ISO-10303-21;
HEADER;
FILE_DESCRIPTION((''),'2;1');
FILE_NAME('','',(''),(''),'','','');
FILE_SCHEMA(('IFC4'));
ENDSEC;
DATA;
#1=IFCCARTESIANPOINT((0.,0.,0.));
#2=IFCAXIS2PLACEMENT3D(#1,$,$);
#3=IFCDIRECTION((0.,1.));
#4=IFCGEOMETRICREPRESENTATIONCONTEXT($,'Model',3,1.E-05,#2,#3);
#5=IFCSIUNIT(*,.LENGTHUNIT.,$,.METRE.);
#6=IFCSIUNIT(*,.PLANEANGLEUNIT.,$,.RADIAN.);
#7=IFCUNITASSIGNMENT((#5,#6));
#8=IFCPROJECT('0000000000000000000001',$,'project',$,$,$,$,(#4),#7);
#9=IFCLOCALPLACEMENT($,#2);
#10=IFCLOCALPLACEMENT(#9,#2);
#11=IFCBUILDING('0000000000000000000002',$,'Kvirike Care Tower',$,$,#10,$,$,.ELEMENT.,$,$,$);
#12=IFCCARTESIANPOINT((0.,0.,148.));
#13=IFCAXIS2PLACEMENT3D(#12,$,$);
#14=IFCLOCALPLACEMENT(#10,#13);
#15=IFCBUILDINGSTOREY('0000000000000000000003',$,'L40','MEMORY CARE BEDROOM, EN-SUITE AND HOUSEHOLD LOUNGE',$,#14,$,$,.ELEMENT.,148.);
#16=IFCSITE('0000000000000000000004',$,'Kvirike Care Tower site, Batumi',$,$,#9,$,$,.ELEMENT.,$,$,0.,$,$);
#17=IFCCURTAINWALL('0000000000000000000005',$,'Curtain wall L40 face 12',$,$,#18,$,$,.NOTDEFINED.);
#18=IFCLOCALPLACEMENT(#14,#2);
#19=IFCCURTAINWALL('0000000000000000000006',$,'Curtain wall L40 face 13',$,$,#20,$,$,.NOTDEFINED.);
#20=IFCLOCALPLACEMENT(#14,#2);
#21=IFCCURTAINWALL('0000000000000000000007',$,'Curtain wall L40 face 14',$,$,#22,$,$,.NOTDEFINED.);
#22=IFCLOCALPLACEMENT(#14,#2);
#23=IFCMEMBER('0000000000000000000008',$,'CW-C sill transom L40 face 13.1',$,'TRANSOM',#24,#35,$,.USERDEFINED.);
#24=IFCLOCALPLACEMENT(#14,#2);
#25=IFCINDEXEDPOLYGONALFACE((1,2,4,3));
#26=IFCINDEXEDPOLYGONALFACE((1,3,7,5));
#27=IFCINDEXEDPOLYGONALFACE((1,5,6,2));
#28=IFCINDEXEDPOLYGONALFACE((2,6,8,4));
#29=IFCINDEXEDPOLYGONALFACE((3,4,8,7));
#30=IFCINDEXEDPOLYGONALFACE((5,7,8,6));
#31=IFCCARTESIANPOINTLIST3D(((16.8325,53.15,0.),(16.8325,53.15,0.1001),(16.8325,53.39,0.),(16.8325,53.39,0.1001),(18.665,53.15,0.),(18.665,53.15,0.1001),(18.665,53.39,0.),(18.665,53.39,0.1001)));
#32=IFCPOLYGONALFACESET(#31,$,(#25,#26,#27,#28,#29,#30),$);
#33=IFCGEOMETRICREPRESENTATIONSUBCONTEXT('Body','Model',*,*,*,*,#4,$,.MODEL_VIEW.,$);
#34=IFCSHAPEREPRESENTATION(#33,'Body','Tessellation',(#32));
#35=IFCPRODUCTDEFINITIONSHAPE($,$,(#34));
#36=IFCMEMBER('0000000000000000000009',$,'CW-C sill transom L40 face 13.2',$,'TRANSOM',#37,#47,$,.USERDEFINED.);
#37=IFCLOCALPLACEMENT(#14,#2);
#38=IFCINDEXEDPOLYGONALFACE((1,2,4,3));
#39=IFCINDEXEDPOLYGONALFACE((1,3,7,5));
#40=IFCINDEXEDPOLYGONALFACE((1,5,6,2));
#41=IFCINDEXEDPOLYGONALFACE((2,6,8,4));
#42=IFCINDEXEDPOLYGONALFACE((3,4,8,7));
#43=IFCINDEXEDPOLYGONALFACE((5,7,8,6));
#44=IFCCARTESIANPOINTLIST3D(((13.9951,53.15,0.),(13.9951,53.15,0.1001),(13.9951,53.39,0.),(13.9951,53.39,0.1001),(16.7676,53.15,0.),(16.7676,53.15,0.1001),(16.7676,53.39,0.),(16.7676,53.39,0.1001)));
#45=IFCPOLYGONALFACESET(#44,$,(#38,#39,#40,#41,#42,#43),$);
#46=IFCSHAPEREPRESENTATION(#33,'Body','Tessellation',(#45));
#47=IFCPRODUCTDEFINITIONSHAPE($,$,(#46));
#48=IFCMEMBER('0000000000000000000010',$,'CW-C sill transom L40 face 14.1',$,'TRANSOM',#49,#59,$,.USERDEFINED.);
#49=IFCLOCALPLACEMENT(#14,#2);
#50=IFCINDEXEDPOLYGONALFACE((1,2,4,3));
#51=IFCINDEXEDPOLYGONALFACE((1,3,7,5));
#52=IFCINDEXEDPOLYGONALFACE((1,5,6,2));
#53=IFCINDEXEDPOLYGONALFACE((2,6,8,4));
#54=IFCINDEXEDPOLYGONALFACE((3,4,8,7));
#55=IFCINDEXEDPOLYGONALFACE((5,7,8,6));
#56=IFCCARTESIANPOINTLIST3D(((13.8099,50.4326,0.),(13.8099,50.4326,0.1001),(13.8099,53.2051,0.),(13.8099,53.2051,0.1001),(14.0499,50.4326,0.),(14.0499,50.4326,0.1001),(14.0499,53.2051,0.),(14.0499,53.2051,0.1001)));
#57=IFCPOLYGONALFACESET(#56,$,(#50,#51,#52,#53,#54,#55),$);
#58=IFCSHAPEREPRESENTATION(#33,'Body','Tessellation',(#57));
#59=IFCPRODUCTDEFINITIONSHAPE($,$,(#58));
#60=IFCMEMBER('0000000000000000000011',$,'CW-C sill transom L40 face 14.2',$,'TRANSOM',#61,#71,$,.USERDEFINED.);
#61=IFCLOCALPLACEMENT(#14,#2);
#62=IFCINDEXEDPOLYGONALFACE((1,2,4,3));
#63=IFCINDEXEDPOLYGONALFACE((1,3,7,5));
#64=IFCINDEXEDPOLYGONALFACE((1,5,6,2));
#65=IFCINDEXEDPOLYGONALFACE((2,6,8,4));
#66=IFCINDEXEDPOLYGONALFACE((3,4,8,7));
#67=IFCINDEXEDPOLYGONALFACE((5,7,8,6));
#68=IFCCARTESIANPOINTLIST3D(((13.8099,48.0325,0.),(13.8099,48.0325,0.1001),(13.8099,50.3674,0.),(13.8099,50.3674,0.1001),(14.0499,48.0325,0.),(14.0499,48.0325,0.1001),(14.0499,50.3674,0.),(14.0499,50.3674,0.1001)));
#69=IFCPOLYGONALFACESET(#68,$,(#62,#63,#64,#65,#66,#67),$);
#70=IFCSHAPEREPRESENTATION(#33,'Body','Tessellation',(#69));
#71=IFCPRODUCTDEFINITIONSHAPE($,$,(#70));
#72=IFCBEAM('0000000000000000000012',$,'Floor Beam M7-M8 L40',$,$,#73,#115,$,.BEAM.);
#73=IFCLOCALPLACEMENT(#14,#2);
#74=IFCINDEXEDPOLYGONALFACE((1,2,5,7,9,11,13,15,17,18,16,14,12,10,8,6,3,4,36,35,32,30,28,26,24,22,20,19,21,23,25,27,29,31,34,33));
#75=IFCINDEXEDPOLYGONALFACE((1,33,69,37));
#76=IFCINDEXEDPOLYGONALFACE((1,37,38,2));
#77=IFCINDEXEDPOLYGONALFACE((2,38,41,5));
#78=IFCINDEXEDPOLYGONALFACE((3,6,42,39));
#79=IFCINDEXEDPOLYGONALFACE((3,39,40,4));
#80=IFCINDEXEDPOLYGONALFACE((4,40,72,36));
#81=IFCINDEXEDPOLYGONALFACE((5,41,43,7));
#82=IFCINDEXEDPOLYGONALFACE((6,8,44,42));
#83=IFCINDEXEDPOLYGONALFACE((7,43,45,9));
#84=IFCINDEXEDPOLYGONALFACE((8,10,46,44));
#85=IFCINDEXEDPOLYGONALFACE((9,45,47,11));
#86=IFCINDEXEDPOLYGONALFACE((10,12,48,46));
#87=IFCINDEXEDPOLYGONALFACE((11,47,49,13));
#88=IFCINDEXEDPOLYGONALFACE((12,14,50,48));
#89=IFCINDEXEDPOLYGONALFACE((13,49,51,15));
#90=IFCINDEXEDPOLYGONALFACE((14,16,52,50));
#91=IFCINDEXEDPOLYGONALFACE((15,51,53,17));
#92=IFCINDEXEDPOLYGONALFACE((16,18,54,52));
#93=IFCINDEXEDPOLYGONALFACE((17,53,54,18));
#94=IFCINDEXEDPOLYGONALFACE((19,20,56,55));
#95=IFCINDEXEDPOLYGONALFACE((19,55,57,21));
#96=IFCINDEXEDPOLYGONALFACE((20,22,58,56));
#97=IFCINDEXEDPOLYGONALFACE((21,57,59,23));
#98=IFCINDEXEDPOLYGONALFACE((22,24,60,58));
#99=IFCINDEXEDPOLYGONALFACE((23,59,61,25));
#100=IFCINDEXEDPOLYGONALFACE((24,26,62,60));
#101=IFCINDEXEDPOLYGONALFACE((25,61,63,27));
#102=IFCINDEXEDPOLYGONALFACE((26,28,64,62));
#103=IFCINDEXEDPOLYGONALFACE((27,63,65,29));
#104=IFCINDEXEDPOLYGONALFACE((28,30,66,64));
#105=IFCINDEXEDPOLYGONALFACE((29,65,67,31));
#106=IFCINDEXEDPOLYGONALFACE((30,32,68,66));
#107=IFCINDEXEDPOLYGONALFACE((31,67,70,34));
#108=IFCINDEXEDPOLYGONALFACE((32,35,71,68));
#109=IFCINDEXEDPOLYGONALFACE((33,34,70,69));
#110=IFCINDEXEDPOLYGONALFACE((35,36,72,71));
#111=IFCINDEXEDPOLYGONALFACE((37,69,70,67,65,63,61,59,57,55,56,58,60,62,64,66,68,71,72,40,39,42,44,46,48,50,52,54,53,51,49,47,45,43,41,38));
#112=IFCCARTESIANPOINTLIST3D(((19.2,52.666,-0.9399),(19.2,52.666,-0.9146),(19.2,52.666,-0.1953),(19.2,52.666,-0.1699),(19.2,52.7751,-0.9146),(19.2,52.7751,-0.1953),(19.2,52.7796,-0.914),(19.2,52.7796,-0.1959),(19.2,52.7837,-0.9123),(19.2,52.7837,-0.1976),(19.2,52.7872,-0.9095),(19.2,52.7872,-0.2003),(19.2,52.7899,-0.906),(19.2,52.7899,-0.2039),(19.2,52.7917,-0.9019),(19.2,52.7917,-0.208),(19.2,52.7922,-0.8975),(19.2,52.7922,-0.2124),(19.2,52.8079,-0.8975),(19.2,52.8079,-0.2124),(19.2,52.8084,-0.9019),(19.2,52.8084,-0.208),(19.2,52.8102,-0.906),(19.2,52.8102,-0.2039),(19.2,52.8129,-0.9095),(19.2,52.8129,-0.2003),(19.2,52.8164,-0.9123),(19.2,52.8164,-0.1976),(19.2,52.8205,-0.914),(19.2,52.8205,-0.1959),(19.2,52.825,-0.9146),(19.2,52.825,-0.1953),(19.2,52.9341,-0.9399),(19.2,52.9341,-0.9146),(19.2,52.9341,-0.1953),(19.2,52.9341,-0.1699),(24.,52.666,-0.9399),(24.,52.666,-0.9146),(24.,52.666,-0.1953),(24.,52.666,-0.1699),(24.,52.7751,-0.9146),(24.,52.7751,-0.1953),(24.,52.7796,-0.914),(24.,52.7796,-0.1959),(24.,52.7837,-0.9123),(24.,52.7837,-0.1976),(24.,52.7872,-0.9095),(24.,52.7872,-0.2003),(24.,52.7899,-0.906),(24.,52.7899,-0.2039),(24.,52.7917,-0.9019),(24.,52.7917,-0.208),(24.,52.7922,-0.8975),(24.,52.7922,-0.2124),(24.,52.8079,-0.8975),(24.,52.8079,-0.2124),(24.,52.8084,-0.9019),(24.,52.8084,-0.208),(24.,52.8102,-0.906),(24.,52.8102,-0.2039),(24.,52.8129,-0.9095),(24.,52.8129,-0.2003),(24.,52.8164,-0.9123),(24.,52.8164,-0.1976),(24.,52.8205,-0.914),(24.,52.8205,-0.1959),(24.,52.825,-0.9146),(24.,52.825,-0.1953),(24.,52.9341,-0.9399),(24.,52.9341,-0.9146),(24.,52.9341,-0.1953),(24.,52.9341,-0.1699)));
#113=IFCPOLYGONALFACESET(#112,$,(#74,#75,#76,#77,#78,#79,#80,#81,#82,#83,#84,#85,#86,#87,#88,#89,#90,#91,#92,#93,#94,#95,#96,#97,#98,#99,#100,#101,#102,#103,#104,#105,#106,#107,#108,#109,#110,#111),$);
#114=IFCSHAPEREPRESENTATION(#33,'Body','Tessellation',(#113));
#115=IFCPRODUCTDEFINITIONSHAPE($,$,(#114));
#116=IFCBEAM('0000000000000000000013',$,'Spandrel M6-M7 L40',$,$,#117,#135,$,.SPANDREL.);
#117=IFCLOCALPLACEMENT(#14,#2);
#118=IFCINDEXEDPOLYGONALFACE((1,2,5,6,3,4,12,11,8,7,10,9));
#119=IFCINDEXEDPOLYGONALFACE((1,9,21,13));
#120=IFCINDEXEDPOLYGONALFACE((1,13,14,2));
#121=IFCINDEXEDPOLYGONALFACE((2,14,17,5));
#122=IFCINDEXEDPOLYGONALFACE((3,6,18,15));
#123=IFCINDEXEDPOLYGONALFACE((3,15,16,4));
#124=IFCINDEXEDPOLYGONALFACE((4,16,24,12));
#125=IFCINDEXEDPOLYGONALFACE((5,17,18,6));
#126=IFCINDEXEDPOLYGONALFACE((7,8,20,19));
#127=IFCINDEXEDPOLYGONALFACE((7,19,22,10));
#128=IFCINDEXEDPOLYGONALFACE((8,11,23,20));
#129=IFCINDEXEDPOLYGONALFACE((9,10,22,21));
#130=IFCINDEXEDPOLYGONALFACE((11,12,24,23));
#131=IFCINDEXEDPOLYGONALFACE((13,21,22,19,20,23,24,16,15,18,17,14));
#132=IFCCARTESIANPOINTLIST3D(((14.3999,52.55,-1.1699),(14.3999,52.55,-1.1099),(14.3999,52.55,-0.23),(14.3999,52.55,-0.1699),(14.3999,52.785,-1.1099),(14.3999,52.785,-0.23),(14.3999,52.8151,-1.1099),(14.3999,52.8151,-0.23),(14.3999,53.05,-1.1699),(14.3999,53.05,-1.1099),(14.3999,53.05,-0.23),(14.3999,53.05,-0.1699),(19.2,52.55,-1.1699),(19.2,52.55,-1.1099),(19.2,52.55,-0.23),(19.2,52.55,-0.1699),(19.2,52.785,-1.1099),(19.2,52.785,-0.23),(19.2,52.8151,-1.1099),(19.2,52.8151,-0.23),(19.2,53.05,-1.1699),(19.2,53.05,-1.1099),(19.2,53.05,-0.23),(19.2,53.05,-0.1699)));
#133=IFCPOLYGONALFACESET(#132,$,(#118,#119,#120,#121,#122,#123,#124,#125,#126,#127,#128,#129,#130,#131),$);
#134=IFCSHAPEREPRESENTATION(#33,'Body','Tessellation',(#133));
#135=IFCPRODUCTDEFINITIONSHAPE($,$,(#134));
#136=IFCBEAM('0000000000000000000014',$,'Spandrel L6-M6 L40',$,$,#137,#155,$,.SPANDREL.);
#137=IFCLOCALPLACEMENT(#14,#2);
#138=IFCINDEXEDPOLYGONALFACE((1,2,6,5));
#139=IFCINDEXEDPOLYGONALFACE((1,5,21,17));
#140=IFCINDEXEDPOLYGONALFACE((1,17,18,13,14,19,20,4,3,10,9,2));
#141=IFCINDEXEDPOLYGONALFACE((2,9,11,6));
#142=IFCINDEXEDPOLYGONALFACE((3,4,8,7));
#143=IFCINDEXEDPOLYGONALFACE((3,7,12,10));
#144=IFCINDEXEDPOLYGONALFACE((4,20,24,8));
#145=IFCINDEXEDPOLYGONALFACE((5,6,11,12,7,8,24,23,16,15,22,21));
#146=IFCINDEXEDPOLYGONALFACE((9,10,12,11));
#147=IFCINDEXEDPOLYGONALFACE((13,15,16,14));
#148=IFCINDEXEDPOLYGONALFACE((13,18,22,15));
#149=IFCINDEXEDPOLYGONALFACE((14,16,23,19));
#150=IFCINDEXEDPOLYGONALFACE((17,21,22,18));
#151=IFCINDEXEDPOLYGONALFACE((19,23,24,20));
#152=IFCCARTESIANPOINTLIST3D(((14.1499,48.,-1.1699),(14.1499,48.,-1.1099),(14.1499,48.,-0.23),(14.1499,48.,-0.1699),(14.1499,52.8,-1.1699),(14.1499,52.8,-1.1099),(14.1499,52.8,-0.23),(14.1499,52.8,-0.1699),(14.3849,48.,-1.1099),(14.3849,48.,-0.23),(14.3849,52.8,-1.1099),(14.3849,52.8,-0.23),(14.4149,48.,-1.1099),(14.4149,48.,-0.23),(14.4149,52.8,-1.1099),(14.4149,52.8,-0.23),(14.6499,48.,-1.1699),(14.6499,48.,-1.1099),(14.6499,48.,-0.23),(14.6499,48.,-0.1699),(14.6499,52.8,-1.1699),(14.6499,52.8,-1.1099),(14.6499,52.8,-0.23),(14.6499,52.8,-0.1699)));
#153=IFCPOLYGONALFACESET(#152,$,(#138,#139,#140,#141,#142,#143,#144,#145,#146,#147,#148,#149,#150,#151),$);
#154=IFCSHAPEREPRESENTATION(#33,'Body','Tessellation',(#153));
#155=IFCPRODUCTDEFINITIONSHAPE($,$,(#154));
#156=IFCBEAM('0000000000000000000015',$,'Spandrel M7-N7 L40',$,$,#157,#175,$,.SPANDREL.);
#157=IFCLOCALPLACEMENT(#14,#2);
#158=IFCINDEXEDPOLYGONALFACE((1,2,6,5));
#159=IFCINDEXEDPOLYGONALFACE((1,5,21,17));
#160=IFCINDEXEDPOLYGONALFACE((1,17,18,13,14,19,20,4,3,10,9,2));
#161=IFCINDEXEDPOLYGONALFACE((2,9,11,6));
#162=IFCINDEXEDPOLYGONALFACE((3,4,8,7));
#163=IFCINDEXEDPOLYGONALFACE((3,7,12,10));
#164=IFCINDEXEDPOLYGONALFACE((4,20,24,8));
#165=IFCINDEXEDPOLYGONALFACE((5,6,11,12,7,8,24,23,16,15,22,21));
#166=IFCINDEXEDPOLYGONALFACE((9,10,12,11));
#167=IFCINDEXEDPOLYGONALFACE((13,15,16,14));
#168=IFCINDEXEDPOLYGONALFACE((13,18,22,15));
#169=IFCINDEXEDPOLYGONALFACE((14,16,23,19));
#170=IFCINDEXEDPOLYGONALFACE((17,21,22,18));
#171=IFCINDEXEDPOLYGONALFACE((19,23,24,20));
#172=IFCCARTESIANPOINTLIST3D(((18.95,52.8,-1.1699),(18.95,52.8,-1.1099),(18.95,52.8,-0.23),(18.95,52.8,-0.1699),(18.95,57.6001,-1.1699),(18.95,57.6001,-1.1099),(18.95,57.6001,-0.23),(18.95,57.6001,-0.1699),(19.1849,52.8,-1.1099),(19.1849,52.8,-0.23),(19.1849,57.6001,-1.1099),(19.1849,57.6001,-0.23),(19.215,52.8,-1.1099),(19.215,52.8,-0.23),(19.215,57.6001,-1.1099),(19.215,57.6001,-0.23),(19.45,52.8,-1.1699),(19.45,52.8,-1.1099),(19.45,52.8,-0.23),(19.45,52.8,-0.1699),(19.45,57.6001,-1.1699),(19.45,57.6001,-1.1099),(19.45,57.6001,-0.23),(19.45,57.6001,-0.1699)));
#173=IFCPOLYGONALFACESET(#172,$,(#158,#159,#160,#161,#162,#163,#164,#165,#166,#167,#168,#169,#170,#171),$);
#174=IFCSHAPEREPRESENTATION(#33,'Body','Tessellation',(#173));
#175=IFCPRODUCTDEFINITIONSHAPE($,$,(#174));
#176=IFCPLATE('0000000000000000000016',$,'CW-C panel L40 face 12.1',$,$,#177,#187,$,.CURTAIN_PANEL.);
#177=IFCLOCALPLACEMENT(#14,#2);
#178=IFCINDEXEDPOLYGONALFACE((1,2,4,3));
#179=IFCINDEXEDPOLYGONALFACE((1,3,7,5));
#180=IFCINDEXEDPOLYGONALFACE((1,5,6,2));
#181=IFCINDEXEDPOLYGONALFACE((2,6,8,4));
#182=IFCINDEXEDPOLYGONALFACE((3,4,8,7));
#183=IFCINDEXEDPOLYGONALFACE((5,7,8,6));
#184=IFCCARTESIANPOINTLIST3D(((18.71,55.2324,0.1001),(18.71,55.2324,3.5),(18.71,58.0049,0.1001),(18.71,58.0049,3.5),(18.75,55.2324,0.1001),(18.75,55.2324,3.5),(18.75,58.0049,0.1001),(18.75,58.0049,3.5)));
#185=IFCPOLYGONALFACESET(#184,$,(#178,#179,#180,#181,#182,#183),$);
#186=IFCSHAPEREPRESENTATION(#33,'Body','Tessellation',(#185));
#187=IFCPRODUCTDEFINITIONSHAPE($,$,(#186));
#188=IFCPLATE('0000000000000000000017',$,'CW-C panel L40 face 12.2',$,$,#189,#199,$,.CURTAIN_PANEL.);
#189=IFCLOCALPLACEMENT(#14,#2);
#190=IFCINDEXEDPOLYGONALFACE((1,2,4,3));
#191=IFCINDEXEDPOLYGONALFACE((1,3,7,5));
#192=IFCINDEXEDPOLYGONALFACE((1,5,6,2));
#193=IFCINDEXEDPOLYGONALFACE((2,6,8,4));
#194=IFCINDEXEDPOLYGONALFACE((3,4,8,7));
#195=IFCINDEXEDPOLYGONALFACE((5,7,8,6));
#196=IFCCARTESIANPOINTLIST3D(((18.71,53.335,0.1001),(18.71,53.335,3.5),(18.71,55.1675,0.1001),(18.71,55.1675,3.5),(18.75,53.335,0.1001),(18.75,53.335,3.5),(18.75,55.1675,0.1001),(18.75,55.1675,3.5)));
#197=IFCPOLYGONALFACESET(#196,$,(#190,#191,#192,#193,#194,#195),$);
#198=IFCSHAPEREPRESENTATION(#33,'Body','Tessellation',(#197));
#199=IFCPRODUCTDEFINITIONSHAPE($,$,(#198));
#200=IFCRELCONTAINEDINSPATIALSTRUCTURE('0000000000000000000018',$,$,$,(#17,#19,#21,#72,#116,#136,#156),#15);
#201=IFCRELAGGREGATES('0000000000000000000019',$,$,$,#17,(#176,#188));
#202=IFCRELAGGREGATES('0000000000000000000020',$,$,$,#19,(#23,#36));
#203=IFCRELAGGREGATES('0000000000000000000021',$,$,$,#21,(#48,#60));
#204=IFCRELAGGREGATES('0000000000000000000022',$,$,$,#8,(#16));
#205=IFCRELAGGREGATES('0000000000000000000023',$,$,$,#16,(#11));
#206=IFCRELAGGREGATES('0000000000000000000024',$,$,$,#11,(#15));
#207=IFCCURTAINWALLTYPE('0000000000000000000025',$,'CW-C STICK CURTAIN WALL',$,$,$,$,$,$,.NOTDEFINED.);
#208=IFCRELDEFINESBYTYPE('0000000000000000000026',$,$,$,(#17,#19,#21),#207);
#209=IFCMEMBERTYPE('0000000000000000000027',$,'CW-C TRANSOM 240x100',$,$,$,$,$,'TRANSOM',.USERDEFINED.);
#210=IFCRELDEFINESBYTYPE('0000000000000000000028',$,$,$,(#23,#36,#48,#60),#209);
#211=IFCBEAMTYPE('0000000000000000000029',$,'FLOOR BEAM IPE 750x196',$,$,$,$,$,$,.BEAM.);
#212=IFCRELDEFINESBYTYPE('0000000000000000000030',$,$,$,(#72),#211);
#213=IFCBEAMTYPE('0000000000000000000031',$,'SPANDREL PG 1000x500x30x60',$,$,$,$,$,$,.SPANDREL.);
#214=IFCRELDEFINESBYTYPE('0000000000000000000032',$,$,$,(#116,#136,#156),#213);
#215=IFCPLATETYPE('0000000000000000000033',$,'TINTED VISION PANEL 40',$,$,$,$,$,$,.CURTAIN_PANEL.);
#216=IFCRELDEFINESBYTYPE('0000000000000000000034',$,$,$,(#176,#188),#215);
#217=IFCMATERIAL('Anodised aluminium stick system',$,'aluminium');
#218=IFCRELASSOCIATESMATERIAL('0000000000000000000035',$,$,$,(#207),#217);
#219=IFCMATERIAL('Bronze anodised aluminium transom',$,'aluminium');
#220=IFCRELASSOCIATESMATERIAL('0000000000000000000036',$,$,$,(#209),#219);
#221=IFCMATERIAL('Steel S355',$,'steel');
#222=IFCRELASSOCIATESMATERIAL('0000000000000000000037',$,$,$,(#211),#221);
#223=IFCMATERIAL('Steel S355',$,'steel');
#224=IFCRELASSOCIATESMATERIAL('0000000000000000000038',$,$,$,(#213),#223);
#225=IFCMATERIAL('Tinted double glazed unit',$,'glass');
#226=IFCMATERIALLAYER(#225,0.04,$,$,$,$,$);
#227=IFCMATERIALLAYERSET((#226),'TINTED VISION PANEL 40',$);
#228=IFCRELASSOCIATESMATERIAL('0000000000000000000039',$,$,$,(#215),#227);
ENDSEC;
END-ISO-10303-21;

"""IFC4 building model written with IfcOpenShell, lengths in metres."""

from ifc_helpers import new_model, si_unit, direction, frame, origin, origin_2d, place, context, subcontext, project, spatial, rectangle, i_section, extrude, material, layer, layer_set, material_profile, profile_set, type_object, element, aggregate, save


model = new_model("IFC4")

# Units and contexts
model_context = context("Model", 3, precision=1e-05, world=origin(), true_north=direction((0.0, 1.0)))
body_context = subcontext(model_context, "Body", "Model", "MODEL_VIEW")
ifc_project = project(units=[si_unit("LENGTHUNIT", "METRE"), si_unit("PLANEANGLEUNIT", "RADIAN")], contexts=[model_context])

# Site, building, storey
site_placement = place(None, origin())
site = spatial("IfcSite", under=ifc_project, at=site_placement, Name="Kvirike Care Tower site, Batumi", CompositionType="ELEMENT", RefElevation=0.0)
building_placement = place(site_placement, origin())
building = spatial("IfcBuilding", under=site, at=building_placement, Name="Kvirike Care Tower", CompositionType="ELEMENT")
storey_placement = place(building_placement, frame((0.0, 0.0, 148.0)))
storey = spatial("IfcBuildingStorey", under=building, at=storey_placement, Name="L40", Description="MEMORY CARE BEDROOM, EN-SUITE AND HOUSEHOLD LOUNGE", CompositionType="ELEMENT", Elevation=148.0)

# Curtain wall
ifc_material_1 = material(Name="Anodised aluminium stick system", Category="aluminium")
curtain_wall_type = type_object("IfcCurtainWallType", Name="CW-C STICK CURTAIN WALL", PredefinedType="NOTDEFINED", material=ifc_material_1)
curtain_wall_1_placement = place(storey_placement, origin())
curtain_wall_1 = element("IfcCurtainWall", 1, at=curtain_wall_1_placement, inside=storey, type_object=curtain_wall_type, Name="Curtain wall L40 face 12", PredefinedType="NOTDEFINED")

# Curtain walls
curtain_wall_2_placement = place(storey_placement, origin())
curtain_wall_2 = element("IfcCurtainWall", 2, at=curtain_wall_2_placement, inside=storey, type_object=curtain_wall_type, Name="Curtain wall L40 face 13", PredefinedType="NOTDEFINED")
curtain_wall_3_placement = place(storey_placement, origin())
curtain_wall_3 = element("IfcCurtainWall", 3, at=curtain_wall_3_placement, inside=storey, type_object=curtain_wall_type, Name="Curtain wall L40 face 14", PredefinedType="NOTDEFINED")

# Members
ifc_material_2 = material(Name="Bronze anodised aluminium transom", Category="aluminium")
ifc_material_profile_1 = material_profile(ifc_material_2, rectangle(XDim=0.24, YDim=0.1001, at=origin_2d()), Name="CW-C TRANSOM 240x100")
ifc_profile_set_1 = profile_set([ifc_material_profile_1], Name="Bronze anodised aluminium transom")
member_type_1 = type_object("IfcMemberType", Name="CW-C TRANSOM 240x100", ElementType="TRANSOM", PredefinedType="USERDEFINED", material=ifc_profile_set_1)
member_1_placement = place(storey_placement, frame((18.665, 53.27, 0.05), z_axis=(-1.0, 0.0, 0.0), x_axis=(0.0, -1.0, 0.0)))
member_1 = element("IfcMember", 4, at=member_1_placement, type_object=member_type_1, Name="CW-C sill transom L40 face 13.1", ObjectType="TRANSOM", PredefinedType="USERDEFINED", context=body_context, shape_type="SweptSolid", body=[
    extrude(rectangle(XDim=0.24, YDim=0.1001, at=origin_2d()), origin(), (0.0, 0.0, 1.0), 1.8325),
])
member_2_placement = place(storey_placement, frame((16.7676, 53.27, 0.05), z_axis=(-1.0, 0.0, 0.0), x_axis=(0.0, -1.0, 0.0)))
member_2 = element("IfcMember", 5, at=member_2_placement, type_object=member_type_1, Name="CW-C sill transom L40 face 13.2", ObjectType="TRANSOM", PredefinedType="USERDEFINED", context=body_context, shape_type="SweptSolid", body=[
    extrude(rectangle(XDim=0.24, YDim=0.1001, at=origin_2d()), origin(), (0.0, 0.0, 1.0), 2.7725),
])
member_3_placement = place(storey_placement, frame((13.9299, 53.2051, 0.05), z_axis=(0.0, -1.0, 0.0), x_axis=(1.0, 0.0, 0.0)))
member_3 = element("IfcMember", 6, at=member_3_placement, type_object=member_type_1, Name="CW-C sill transom L40 face 14.1", ObjectType="TRANSOM", PredefinedType="USERDEFINED", context=body_context, shape_type="SweptSolid", body=[
    extrude(rectangle(XDim=0.24, YDim=0.1001, at=origin_2d()), origin(), (0.0, 0.0, 1.0), 2.7725),
])
member_4_placement = place(storey_placement, frame((13.9299, 50.3674, 0.05), z_axis=(0.0, -1.0, 0.0), x_axis=(1.0, 0.0, 0.0)))
member_4 = element("IfcMember", 7, at=member_4_placement, type_object=member_type_1, Name="CW-C sill transom L40 face 14.2", ObjectType="TRANSOM", PredefinedType="USERDEFINED", context=body_context, shape_type="SweptSolid", body=[
    extrude(rectangle(XDim=0.24, YDim=0.1001, at=origin_2d()), origin(), (0.0, 0.0, 1.0), 2.335),
])

# Beams
ifc_material_3 = material(Name="Steel S355", Category="steel")
ifc_material_profile_2 = material_profile(ifc_material_3, i_section(OverallWidth=0.2681, OverallDepth=0.77, WebThickness=0.0156, FlangeThickness=0.0254, FilletRadius=0.0171, at=origin_2d()), Name="IPE 750x196")
ifc_profile_set_2 = profile_set([ifc_material_profile_2], Name="Steel S355")
beam_type_1 = type_object("IfcBeamType", Name="FLOOR BEAM IPE 750x196", PredefinedType="BEAM", material=ifc_profile_set_2)
beam_placement = place(storey_placement, frame((19.2, 52.8, -0.5549), z_axis=(1.0, 0.0, 0.0), x_axis=(0.0, 1.0, 0.0)))
element("IfcBeam", 8, at=beam_placement, inside=storey, type_object=beam_type_1, Name="Floor Beam M7-M8 L40", PredefinedType="BEAM", context=body_context, shape_type="SweptSolid", body=[
    extrude(i_section(OverallWidth=0.2681, OverallDepth=0.77, WebThickness=0.0156, FlangeThickness=0.0254, FilletRadius=0.0171, at=origin_2d()), origin(), (0.0, 0.0, 1.0), 4.8),
])
ifc_material_4 = material(Name="Steel S355", Category="steel")
ifc_material_profile_3 = material_profile(ifc_material_4, i_section(OverallWidth=0.5, OverallDepth=1.0, WebThickness=0.03, FlangeThickness=0.0601, at=origin_2d()), Name="PG 1000x500x30x60")
ifc_profile_set_3 = profile_set([ifc_material_profile_3], Name="Steel S355")
beam_type_2 = type_object("IfcBeamType", Name="SPANDREL PG 1000x500x30x60", PredefinedType="SPANDREL", material=ifc_profile_set_3)
for number, where, z_axis, x_axis, name in (
    (9, (14.3999, 52.8, -0.6699), (1.0, 0.0, 0.0), (0.0, 1.0, 0.0), "Spandrel M6-M7 L40"),
    (10, (14.3999, 48.0, -0.6699), (0.0, 1.0, 0.0), (-1.0, 0.0, 0.0), "Spandrel L6-M6 L40"),
    (11, (19.2, 52.8, -0.6699), (0.0, 1.0, 0.0), (-1.0, 0.0, 0.0), "Spandrel M7-N7 L40"),
):
    element("IfcBeam", number, at=place(storey_placement, frame(where, z_axis=z_axis, x_axis=x_axis)), inside=storey, type_object=beam_type_2, Name=name, PredefinedType="SPANDREL", context=body_context, shape_type="SweptSolid", body=[
        extrude(i_section(OverallWidth=0.5, OverallDepth=1.0, WebThickness=0.03, FlangeThickness=0.0601, at=origin_2d()), origin(), (0.0, 0.0, 1.0), 4.8),
    ])

# Plates
ifc_material_5 = material(Name="Tinted double glazed unit", Category="glass")
ifc_layer_1 = layer(ifc_material_5, 0.04)
ifc_layer_set_1 = layer_set([ifc_layer_1], Name="TINTED VISION PANEL 40")
plate_type = type_object("IfcPlateType", Name="TINTED VISION PANEL 40", PredefinedType="CURTAIN_PANEL", material=ifc_layer_set_1)
plate_1_placement = place(storey_placement, frame((18.73, 56.6187, 0.1001), z_axis=(0.0, 0.0, 1.0), x_axis=(0.0, -1.0, 0.0)))
plate_1 = element("IfcPlate", 12, at=plate_1_placement, type_object=plate_type, Name="CW-C panel L40 face 12.1", PredefinedType="CURTAIN_PANEL", context=body_context, shape_type="SweptSolid", body=[
    extrude(rectangle(XDim=2.7725, YDim=0.04, at=origin_2d()), origin(), (0.0, 0.0, 1.0), 3.3999),
])
plate_2_placement = place(storey_placement, frame((18.73, 54.2512, 0.1001), z_axis=(0.0, 0.0, 1.0), x_axis=(0.0, -1.0, 0.0)))
plate_2 = element("IfcPlate", 13, at=plate_2_placement, type_object=plate_type, Name="CW-C panel L40 face 12.2", PredefinedType="CURTAIN_PANEL", context=body_context, shape_type="SweptSolid", body=[
    extrude(rectangle(XDim=1.8325, YDim=0.04, at=origin_2d()), origin(), (0.0, 0.0, 1.0), 3.3999),
])
aggregate(curtain_wall_1, [plate_1, plate_2])
aggregate(curtain_wall_2, [member_1, member_2])
aggregate(curtain_wall_3, [member_3, member_4])

save(model, "model.ifc")
